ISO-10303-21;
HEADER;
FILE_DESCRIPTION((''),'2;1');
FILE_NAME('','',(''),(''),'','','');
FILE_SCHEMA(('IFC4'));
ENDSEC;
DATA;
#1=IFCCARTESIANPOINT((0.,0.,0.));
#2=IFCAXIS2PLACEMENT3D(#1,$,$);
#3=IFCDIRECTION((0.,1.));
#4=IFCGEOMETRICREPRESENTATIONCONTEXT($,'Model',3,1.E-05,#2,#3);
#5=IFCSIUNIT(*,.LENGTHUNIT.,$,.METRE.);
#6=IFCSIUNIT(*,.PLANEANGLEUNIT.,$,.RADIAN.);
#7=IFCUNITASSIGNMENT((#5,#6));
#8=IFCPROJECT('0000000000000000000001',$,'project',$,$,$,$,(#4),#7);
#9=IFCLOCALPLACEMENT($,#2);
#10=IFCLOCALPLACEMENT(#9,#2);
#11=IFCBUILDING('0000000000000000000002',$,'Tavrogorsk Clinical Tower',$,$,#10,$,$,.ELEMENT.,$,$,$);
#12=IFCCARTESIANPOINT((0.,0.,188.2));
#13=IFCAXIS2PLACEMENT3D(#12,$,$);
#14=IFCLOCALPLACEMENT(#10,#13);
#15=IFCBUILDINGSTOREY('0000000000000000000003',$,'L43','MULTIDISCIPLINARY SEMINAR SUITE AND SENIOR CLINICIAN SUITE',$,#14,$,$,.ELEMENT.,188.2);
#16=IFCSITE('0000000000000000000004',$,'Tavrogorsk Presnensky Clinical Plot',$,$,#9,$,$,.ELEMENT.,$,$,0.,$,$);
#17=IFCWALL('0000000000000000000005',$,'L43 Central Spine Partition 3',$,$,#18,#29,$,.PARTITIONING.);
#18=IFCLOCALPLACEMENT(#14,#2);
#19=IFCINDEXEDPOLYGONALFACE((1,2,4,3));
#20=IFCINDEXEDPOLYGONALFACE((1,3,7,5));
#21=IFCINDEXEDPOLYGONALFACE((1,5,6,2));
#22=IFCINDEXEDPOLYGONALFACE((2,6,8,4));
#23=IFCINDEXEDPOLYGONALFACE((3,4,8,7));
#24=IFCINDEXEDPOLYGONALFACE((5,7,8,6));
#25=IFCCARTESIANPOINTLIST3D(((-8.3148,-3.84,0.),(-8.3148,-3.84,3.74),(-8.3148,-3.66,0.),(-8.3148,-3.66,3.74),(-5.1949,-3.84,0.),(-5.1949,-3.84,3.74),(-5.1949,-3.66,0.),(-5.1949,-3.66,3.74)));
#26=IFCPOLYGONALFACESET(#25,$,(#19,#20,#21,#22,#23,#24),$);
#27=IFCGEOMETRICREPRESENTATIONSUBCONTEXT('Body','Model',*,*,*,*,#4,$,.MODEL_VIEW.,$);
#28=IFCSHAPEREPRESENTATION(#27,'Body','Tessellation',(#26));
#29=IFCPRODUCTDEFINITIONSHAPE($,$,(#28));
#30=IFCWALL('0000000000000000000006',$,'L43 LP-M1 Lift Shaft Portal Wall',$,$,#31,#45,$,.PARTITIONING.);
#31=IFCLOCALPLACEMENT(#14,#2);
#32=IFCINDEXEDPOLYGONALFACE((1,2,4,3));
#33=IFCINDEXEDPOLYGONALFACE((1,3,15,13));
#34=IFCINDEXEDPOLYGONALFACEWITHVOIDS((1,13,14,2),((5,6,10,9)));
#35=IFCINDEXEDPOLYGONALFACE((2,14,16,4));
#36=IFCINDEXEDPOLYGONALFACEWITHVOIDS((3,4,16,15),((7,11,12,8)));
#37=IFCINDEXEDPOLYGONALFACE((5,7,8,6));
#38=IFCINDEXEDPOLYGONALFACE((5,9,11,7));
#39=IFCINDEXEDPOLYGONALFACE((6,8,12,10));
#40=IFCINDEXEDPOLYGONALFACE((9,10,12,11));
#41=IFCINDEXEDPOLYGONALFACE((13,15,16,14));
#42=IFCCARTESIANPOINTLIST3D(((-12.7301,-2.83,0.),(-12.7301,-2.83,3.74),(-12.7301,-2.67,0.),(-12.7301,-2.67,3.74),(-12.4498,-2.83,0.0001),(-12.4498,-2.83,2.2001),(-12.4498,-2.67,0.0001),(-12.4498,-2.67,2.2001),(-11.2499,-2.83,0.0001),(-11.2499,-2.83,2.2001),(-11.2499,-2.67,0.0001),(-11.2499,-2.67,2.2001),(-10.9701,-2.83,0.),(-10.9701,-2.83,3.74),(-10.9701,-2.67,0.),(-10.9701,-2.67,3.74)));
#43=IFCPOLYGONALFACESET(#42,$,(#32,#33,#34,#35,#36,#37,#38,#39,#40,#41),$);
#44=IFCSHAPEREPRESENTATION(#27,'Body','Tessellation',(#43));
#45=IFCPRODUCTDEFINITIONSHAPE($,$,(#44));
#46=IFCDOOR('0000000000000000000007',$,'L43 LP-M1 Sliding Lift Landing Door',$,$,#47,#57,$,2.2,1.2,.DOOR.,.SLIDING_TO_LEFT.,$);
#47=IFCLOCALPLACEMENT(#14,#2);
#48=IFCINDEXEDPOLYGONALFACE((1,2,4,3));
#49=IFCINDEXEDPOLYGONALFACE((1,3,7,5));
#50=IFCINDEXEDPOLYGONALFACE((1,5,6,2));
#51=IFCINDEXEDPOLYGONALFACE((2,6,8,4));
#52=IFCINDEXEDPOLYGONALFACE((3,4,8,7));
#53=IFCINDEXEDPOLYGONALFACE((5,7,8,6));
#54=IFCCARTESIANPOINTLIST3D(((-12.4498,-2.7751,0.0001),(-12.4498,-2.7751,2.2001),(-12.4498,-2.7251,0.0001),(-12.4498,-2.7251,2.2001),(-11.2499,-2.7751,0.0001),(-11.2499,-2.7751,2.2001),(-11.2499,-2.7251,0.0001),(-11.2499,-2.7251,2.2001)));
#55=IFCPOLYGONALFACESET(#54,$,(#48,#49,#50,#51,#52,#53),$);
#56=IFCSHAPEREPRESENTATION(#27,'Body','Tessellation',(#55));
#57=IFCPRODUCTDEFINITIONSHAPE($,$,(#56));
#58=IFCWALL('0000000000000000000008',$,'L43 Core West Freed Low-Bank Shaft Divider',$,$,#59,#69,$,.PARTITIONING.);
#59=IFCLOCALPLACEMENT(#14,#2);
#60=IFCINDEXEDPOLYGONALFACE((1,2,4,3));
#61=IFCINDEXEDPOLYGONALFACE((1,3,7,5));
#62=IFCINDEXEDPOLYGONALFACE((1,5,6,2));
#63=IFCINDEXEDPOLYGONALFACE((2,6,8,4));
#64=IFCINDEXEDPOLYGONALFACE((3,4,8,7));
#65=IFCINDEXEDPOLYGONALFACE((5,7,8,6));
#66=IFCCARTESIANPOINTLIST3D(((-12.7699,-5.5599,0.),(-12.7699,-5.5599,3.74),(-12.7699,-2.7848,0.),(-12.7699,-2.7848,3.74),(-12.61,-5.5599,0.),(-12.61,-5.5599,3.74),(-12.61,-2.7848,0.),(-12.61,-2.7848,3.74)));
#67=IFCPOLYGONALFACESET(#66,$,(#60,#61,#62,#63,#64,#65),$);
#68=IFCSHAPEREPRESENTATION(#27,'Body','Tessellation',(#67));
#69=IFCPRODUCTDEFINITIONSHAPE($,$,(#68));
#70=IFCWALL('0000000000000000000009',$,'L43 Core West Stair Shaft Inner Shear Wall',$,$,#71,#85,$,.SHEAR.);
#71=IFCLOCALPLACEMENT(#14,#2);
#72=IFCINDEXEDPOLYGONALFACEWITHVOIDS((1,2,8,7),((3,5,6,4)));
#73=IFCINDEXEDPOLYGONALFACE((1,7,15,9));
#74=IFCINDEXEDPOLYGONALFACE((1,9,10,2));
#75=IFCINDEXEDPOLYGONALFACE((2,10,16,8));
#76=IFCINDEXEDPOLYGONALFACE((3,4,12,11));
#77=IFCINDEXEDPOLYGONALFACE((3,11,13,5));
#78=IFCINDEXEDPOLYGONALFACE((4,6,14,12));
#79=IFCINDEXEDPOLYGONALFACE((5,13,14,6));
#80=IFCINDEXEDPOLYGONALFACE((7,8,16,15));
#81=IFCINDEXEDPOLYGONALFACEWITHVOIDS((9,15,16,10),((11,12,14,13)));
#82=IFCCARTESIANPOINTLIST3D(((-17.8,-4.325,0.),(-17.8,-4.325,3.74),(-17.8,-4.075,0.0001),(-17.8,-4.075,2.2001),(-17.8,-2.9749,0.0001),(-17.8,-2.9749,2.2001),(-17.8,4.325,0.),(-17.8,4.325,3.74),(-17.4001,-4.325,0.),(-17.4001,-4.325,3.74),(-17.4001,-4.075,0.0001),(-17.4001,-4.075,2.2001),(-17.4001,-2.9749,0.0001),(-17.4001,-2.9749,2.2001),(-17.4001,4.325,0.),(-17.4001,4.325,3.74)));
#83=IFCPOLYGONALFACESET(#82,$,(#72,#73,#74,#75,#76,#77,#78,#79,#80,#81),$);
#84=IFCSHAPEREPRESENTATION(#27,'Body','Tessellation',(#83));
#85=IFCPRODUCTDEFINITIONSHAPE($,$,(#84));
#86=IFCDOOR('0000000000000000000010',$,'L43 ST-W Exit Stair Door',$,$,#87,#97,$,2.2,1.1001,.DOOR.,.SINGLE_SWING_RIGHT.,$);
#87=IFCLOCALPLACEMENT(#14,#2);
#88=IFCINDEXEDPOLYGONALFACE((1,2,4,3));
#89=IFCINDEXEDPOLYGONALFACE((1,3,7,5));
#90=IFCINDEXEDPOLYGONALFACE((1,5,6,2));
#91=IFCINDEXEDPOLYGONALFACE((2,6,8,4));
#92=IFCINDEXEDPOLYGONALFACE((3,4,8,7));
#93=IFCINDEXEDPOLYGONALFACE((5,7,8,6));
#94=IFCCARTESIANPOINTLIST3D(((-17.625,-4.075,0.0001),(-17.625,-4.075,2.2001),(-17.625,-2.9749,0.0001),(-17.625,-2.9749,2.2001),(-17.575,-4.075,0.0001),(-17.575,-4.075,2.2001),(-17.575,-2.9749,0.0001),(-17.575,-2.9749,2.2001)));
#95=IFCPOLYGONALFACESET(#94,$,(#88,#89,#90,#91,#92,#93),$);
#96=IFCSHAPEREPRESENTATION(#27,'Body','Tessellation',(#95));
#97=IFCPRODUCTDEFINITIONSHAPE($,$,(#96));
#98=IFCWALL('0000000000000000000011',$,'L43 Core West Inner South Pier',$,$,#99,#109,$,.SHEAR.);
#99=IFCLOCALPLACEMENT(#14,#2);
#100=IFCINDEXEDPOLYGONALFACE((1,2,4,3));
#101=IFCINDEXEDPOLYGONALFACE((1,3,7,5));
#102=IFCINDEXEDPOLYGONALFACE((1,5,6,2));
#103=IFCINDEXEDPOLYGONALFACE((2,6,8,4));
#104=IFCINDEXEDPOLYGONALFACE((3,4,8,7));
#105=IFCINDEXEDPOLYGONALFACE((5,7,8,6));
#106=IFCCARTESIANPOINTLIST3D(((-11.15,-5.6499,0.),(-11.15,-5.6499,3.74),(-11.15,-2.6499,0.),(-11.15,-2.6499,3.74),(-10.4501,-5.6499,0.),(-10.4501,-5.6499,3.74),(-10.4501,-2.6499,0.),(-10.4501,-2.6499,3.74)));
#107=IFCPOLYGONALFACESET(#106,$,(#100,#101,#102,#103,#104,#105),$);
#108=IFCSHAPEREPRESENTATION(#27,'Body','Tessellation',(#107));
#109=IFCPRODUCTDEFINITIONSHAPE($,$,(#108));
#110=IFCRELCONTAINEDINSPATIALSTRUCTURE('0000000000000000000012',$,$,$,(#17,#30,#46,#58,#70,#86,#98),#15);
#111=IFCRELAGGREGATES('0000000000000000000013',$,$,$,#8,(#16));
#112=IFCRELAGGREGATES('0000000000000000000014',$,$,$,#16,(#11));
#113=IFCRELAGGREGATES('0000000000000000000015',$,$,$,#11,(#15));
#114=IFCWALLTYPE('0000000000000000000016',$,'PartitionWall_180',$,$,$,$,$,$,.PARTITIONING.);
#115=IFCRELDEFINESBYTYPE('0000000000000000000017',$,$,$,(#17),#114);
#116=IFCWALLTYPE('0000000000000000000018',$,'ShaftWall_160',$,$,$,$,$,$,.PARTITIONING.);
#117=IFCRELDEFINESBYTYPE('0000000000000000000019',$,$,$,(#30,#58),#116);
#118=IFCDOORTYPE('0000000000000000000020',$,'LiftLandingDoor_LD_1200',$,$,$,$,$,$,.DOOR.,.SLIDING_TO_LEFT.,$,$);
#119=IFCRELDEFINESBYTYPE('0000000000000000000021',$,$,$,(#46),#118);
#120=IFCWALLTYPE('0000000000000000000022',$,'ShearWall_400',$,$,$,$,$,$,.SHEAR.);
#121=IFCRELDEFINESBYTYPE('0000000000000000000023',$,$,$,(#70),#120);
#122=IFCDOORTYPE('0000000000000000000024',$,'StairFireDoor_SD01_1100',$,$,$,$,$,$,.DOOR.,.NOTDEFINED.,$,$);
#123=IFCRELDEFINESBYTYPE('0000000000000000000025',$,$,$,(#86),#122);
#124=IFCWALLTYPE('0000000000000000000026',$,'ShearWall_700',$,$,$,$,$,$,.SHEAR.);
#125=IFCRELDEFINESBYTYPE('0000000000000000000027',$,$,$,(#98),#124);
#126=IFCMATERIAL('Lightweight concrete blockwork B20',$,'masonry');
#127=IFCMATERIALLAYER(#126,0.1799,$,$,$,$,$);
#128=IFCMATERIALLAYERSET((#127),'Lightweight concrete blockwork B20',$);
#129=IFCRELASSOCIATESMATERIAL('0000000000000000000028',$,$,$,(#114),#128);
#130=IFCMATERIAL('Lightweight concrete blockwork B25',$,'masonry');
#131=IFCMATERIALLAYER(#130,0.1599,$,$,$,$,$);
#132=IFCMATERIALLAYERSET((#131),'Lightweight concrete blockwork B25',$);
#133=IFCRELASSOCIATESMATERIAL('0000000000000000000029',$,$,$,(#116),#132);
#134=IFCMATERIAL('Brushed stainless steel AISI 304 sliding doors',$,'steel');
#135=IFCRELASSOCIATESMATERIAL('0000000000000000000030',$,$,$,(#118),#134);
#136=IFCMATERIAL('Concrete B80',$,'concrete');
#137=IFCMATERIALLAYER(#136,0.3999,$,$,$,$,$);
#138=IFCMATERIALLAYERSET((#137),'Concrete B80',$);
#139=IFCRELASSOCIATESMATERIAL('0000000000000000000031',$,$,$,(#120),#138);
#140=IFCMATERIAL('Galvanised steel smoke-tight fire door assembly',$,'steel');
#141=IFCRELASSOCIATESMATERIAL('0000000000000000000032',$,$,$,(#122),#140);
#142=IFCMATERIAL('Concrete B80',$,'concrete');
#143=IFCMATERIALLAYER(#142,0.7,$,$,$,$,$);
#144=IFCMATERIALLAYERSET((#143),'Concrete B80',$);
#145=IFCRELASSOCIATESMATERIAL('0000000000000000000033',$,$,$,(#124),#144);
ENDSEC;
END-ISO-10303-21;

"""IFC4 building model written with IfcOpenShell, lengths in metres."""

from ifc_helpers import new_model, si_unit, direction, frame, frame_2d, origin, place, context, subcontext, project, spatial, rectangle, extrude, material, layer, layer_set, type_object, element, fill, save


model = new_model("IFC4")

# Units and contexts
model_context = context("Model", 3, precision=1e-05, world=origin(), true_north=direction((0.0, 1.0)))
body_context = subcontext(model_context, "Body", "Model", "MODEL_VIEW")
ifc_project = project(units=[si_unit("LENGTHUNIT", "METRE"), si_unit("PLANEANGLEUNIT", "RADIAN")], contexts=[model_context])

# Site, building, storey
site_placement = place(None, origin())
site = spatial("IfcSite", under=ifc_project, at=site_placement, Name="Tavrogorsk Presnensky Clinical Plot", CompositionType="ELEMENT", RefElevation=0.0)
building_placement = place(site_placement, origin())
building = spatial("IfcBuilding", under=site, at=building_placement, Name="Tavrogorsk Clinical Tower", CompositionType="ELEMENT")
storey_placement = place(building_placement, frame((0.0, 0.0, 188.2)))
storey = spatial("IfcBuildingStorey", under=building, at=storey_placement, Name="L43", Description="MULTIDISCIPLINARY SEMINAR SUITE AND SENIOR CLINICIAN SUITE", CompositionType="ELEMENT", Elevation=188.2)

# Wall
ifc_material_1 = material(Name="Lightweight concrete blockwork B20", Category="masonry")
ifc_layer_1 = layer(ifc_material_1, 0.1799)
ifc_layer_set_1 = layer_set([ifc_layer_1], Name="Lightweight concrete blockwork B20")
wall_type_1 = type_object("IfcWallType", Name="PartitionWall_180", PredefinedType="PARTITIONING", material=ifc_layer_set_1)
wall_1_placement = place(storey_placement, frame((-8.3149, -3.75, 0.0), z_axis=(0.0, 0.0, 1.0), x_axis=(1.0, 0.0, 0.0)))
element("IfcWall", 1, at=wall_1_placement, inside=storey, type_object=wall_type_1, Name="L43 Central Spine Partition 3", PredefinedType="PARTITIONING", context=body_context, shape_type="SweptSolid", body=[
    extrude(rectangle(XDim=3.1199, YDim=0.1799, at=frame_2d((1.5601, 0.0))), origin(), (0.0, 0.0, 1.0), 3.74),
])

# Wall, opening, door
ifc_material_2 = material(Name="Lightweight concrete blockwork B25", Category="masonry")
ifc_layer_2 = layer(ifc_material_2, 0.1599)
ifc_layer_set_2 = layer_set([ifc_layer_2], Name="Lightweight concrete blockwork B25")
wall_type_2 = type_object("IfcWallType", Name="ShaftWall_160", PredefinedType="PARTITIONING", material=ifc_layer_set_2)
wall_2_placement = place(storey_placement, frame((-12.73, -2.75, 0.0), z_axis=(0.0, 0.0, 1.0), x_axis=(1.0, 0.0, 0.0)))
wall_2 = element("IfcWall", 2, at=wall_2_placement, inside=storey, type_object=wall_type_2, Name="L43 LP-M1 Lift Shaft Portal Wall", PredefinedType="PARTITIONING", context=body_context, shape_type="SweptSolid", body=[
    extrude(rectangle(XDim=1.76, YDim=0.1599, at=frame_2d((0.8799, 0.0))), origin(), (0.0, 0.0, 1.0), 3.74),
])
opening_1_placement = place(wall_2_placement, frame((0.28, 0.0, 0.0)))
opening_1 = element("IfcOpeningElement", 3, at=opening_1_placement, cuts=wall_2, PredefinedType="OPENING", context=body_context, shape_type="SweptSolid", body=[
    extrude(rectangle(XDim=1.2, YDim=2.2, at=frame_2d((0.6001, 1.1001))), frame((0.0, 0.0898, 0.0), z_axis=(0.0, -1.0, 0.0), x_axis=(1.0, 0.0, 0.0)), (0.0, 0.0, 1.0), 0.1799),
])
ifc_material_3 = material(Name="Brushed stainless steel AISI 304 sliding doors", Category="steel")
door_type_1 = type_object("IfcDoorType", Name="LiftLandingDoor_LD_1200", OperationType="SLIDING_TO_LEFT", PredefinedType="DOOR", material=ifc_material_3)
door_1_placement = place(opening_1_placement, origin())
door_1 = element("IfcDoor", 4, at=door_1_placement, inside=storey, type_object=door_type_1, Name="L43 LP-M1 Sliding Lift Landing Door", OperationType="SLIDING_TO_LEFT", OverallHeight=2.2, OverallWidth=1.2, PredefinedType="DOOR", context=body_context, shape_type="SweptSolid", body=[
    extrude(rectangle(XDim=1.2, YDim=2.2, at=frame_2d((0.6001, 1.1001))), frame((0.0, 0.0249, 0.0), z_axis=(0.0, -1.0, 0.0), x_axis=(1.0, 0.0, 0.0)), (0.0, 0.0, 1.0), 0.05),
])
fill(opening_1, door_1)

# Wall
wall_3_placement = place(storey_placement, frame((-12.6899, -5.5601, 0.0), z_axis=(0.0, 0.0, 1.0), x_axis=(0.0, 1.0, 0.0)))
element("IfcWall", 5, at=wall_3_placement, inside=storey, type_object=wall_type_2, Name="L43 Core West Freed Low-Bank Shaft Divider", PredefinedType="PARTITIONING", context=body_context, shape_type="SweptSolid", body=[
    extrude(rectangle(XDim=2.7751, YDim=0.1599, at=frame_2d((1.3877, 0.0))), origin(), (0.0, 0.0, 1.0), 3.74),
])

# Wall, opening, door
ifc_material_4 = material(Name="Concrete B80", Category="concrete")
ifc_layer_3 = layer(ifc_material_4, 0.3999)
ifc_layer_set_3 = layer_set([ifc_layer_3], Name="Concrete B80")
wall_type_3 = type_object("IfcWallType", Name="ShearWall_400", PredefinedType="SHEAR", material=ifc_layer_set_3)
wall_4_placement = place(storey_placement, frame((-17.6001, -4.325, 0.0), z_axis=(0.0, 0.0, 1.0), x_axis=(0.0, 1.0, 0.0)))
wall_4 = element("IfcWall", 6, at=wall_4_placement, inside=storey, type_object=wall_type_3, Name="L43 Core West Stair Shaft Inner Shear Wall", PredefinedType="SHEAR", context=body_context, shape_type="SweptSolid", body=[
    extrude(rectangle(XDim=8.6499, YDim=0.3999, at=frame_2d((4.325, 0.0))), origin(), (0.0, 0.0, 1.0), 3.74),
])
opening_2_placement = place(wall_4_placement, frame((0.25, 0.0, 0.0)))
opening_2 = element("IfcOpeningElement", 7, at=opening_2_placement, cuts=wall_4, PredefinedType="OPENING", context=body_context, shape_type="SweptSolid", body=[
    extrude(rectangle(XDim=1.1001, YDim=2.2, at=frame_2d((0.55, 1.1001))), frame((0.0, 0.21, 0.0), z_axis=(0.0, -1.0, 0.0), x_axis=(1.0, 0.0, 0.0)), (0.0, 0.0, 1.0), 0.4199),
])
ifc_material_5 = material(Name="Galvanised steel smoke-tight fire door assembly", Category="steel")
door_type_2 = type_object("IfcDoorType", Name="StairFireDoor_SD01_1100", OperationType="NOTDEFINED", PredefinedType="DOOR", material=ifc_material_5)
door_2_placement = place(opening_2_placement, origin())
door_2 = element("IfcDoor", 8, at=door_2_placement, inside=storey, type_object=door_type_2, Name="L43 ST-W Exit Stair Door", OperationType="SINGLE_SWING_RIGHT", OverallHeight=2.2, OverallWidth=1.1001, PredefinedType="DOOR", context=body_context, shape_type="SweptSolid", body=[
    extrude(rectangle(XDim=1.1001, YDim=2.2, at=frame_2d((0.55, 1.1001))), frame((0.0, 0.0249, 0.0), z_axis=(0.0, -1.0, 0.0), x_axis=(1.0, 0.0, 0.0)), (0.0, 0.0, 1.0), 0.05),
])
fill(opening_2, door_2)

# Wall
ifc_material_6 = material(Name="Concrete B80", Category="concrete")
ifc_layer_4 = layer(ifc_material_6, 0.7)
ifc_layer_set_4 = layer_set([ifc_layer_4], Name="Concrete B80")
wall_type_4 = type_object("IfcWallType", Name="ShearWall_700", PredefinedType="SHEAR", material=ifc_layer_set_4)
wall_5_placement = place(storey_placement, frame((-10.8, -5.6499, 0.0), z_axis=(0.0, 0.0, 1.0), x_axis=(0.0, 1.0, 0.0)))
element("IfcWall", 9, at=wall_5_placement, inside=storey, type_object=wall_type_4, Name="L43 Core West Inner South Pier", PredefinedType="SHEAR", context=body_context, shape_type="SweptSolid", body=[
    extrude(rectangle(XDim=3.0, YDim=0.7, at=frame_2d((1.5, 0.0))), origin(), (0.0, 0.0, 1.0), 3.74),
])

save(model, "model.ifc")
